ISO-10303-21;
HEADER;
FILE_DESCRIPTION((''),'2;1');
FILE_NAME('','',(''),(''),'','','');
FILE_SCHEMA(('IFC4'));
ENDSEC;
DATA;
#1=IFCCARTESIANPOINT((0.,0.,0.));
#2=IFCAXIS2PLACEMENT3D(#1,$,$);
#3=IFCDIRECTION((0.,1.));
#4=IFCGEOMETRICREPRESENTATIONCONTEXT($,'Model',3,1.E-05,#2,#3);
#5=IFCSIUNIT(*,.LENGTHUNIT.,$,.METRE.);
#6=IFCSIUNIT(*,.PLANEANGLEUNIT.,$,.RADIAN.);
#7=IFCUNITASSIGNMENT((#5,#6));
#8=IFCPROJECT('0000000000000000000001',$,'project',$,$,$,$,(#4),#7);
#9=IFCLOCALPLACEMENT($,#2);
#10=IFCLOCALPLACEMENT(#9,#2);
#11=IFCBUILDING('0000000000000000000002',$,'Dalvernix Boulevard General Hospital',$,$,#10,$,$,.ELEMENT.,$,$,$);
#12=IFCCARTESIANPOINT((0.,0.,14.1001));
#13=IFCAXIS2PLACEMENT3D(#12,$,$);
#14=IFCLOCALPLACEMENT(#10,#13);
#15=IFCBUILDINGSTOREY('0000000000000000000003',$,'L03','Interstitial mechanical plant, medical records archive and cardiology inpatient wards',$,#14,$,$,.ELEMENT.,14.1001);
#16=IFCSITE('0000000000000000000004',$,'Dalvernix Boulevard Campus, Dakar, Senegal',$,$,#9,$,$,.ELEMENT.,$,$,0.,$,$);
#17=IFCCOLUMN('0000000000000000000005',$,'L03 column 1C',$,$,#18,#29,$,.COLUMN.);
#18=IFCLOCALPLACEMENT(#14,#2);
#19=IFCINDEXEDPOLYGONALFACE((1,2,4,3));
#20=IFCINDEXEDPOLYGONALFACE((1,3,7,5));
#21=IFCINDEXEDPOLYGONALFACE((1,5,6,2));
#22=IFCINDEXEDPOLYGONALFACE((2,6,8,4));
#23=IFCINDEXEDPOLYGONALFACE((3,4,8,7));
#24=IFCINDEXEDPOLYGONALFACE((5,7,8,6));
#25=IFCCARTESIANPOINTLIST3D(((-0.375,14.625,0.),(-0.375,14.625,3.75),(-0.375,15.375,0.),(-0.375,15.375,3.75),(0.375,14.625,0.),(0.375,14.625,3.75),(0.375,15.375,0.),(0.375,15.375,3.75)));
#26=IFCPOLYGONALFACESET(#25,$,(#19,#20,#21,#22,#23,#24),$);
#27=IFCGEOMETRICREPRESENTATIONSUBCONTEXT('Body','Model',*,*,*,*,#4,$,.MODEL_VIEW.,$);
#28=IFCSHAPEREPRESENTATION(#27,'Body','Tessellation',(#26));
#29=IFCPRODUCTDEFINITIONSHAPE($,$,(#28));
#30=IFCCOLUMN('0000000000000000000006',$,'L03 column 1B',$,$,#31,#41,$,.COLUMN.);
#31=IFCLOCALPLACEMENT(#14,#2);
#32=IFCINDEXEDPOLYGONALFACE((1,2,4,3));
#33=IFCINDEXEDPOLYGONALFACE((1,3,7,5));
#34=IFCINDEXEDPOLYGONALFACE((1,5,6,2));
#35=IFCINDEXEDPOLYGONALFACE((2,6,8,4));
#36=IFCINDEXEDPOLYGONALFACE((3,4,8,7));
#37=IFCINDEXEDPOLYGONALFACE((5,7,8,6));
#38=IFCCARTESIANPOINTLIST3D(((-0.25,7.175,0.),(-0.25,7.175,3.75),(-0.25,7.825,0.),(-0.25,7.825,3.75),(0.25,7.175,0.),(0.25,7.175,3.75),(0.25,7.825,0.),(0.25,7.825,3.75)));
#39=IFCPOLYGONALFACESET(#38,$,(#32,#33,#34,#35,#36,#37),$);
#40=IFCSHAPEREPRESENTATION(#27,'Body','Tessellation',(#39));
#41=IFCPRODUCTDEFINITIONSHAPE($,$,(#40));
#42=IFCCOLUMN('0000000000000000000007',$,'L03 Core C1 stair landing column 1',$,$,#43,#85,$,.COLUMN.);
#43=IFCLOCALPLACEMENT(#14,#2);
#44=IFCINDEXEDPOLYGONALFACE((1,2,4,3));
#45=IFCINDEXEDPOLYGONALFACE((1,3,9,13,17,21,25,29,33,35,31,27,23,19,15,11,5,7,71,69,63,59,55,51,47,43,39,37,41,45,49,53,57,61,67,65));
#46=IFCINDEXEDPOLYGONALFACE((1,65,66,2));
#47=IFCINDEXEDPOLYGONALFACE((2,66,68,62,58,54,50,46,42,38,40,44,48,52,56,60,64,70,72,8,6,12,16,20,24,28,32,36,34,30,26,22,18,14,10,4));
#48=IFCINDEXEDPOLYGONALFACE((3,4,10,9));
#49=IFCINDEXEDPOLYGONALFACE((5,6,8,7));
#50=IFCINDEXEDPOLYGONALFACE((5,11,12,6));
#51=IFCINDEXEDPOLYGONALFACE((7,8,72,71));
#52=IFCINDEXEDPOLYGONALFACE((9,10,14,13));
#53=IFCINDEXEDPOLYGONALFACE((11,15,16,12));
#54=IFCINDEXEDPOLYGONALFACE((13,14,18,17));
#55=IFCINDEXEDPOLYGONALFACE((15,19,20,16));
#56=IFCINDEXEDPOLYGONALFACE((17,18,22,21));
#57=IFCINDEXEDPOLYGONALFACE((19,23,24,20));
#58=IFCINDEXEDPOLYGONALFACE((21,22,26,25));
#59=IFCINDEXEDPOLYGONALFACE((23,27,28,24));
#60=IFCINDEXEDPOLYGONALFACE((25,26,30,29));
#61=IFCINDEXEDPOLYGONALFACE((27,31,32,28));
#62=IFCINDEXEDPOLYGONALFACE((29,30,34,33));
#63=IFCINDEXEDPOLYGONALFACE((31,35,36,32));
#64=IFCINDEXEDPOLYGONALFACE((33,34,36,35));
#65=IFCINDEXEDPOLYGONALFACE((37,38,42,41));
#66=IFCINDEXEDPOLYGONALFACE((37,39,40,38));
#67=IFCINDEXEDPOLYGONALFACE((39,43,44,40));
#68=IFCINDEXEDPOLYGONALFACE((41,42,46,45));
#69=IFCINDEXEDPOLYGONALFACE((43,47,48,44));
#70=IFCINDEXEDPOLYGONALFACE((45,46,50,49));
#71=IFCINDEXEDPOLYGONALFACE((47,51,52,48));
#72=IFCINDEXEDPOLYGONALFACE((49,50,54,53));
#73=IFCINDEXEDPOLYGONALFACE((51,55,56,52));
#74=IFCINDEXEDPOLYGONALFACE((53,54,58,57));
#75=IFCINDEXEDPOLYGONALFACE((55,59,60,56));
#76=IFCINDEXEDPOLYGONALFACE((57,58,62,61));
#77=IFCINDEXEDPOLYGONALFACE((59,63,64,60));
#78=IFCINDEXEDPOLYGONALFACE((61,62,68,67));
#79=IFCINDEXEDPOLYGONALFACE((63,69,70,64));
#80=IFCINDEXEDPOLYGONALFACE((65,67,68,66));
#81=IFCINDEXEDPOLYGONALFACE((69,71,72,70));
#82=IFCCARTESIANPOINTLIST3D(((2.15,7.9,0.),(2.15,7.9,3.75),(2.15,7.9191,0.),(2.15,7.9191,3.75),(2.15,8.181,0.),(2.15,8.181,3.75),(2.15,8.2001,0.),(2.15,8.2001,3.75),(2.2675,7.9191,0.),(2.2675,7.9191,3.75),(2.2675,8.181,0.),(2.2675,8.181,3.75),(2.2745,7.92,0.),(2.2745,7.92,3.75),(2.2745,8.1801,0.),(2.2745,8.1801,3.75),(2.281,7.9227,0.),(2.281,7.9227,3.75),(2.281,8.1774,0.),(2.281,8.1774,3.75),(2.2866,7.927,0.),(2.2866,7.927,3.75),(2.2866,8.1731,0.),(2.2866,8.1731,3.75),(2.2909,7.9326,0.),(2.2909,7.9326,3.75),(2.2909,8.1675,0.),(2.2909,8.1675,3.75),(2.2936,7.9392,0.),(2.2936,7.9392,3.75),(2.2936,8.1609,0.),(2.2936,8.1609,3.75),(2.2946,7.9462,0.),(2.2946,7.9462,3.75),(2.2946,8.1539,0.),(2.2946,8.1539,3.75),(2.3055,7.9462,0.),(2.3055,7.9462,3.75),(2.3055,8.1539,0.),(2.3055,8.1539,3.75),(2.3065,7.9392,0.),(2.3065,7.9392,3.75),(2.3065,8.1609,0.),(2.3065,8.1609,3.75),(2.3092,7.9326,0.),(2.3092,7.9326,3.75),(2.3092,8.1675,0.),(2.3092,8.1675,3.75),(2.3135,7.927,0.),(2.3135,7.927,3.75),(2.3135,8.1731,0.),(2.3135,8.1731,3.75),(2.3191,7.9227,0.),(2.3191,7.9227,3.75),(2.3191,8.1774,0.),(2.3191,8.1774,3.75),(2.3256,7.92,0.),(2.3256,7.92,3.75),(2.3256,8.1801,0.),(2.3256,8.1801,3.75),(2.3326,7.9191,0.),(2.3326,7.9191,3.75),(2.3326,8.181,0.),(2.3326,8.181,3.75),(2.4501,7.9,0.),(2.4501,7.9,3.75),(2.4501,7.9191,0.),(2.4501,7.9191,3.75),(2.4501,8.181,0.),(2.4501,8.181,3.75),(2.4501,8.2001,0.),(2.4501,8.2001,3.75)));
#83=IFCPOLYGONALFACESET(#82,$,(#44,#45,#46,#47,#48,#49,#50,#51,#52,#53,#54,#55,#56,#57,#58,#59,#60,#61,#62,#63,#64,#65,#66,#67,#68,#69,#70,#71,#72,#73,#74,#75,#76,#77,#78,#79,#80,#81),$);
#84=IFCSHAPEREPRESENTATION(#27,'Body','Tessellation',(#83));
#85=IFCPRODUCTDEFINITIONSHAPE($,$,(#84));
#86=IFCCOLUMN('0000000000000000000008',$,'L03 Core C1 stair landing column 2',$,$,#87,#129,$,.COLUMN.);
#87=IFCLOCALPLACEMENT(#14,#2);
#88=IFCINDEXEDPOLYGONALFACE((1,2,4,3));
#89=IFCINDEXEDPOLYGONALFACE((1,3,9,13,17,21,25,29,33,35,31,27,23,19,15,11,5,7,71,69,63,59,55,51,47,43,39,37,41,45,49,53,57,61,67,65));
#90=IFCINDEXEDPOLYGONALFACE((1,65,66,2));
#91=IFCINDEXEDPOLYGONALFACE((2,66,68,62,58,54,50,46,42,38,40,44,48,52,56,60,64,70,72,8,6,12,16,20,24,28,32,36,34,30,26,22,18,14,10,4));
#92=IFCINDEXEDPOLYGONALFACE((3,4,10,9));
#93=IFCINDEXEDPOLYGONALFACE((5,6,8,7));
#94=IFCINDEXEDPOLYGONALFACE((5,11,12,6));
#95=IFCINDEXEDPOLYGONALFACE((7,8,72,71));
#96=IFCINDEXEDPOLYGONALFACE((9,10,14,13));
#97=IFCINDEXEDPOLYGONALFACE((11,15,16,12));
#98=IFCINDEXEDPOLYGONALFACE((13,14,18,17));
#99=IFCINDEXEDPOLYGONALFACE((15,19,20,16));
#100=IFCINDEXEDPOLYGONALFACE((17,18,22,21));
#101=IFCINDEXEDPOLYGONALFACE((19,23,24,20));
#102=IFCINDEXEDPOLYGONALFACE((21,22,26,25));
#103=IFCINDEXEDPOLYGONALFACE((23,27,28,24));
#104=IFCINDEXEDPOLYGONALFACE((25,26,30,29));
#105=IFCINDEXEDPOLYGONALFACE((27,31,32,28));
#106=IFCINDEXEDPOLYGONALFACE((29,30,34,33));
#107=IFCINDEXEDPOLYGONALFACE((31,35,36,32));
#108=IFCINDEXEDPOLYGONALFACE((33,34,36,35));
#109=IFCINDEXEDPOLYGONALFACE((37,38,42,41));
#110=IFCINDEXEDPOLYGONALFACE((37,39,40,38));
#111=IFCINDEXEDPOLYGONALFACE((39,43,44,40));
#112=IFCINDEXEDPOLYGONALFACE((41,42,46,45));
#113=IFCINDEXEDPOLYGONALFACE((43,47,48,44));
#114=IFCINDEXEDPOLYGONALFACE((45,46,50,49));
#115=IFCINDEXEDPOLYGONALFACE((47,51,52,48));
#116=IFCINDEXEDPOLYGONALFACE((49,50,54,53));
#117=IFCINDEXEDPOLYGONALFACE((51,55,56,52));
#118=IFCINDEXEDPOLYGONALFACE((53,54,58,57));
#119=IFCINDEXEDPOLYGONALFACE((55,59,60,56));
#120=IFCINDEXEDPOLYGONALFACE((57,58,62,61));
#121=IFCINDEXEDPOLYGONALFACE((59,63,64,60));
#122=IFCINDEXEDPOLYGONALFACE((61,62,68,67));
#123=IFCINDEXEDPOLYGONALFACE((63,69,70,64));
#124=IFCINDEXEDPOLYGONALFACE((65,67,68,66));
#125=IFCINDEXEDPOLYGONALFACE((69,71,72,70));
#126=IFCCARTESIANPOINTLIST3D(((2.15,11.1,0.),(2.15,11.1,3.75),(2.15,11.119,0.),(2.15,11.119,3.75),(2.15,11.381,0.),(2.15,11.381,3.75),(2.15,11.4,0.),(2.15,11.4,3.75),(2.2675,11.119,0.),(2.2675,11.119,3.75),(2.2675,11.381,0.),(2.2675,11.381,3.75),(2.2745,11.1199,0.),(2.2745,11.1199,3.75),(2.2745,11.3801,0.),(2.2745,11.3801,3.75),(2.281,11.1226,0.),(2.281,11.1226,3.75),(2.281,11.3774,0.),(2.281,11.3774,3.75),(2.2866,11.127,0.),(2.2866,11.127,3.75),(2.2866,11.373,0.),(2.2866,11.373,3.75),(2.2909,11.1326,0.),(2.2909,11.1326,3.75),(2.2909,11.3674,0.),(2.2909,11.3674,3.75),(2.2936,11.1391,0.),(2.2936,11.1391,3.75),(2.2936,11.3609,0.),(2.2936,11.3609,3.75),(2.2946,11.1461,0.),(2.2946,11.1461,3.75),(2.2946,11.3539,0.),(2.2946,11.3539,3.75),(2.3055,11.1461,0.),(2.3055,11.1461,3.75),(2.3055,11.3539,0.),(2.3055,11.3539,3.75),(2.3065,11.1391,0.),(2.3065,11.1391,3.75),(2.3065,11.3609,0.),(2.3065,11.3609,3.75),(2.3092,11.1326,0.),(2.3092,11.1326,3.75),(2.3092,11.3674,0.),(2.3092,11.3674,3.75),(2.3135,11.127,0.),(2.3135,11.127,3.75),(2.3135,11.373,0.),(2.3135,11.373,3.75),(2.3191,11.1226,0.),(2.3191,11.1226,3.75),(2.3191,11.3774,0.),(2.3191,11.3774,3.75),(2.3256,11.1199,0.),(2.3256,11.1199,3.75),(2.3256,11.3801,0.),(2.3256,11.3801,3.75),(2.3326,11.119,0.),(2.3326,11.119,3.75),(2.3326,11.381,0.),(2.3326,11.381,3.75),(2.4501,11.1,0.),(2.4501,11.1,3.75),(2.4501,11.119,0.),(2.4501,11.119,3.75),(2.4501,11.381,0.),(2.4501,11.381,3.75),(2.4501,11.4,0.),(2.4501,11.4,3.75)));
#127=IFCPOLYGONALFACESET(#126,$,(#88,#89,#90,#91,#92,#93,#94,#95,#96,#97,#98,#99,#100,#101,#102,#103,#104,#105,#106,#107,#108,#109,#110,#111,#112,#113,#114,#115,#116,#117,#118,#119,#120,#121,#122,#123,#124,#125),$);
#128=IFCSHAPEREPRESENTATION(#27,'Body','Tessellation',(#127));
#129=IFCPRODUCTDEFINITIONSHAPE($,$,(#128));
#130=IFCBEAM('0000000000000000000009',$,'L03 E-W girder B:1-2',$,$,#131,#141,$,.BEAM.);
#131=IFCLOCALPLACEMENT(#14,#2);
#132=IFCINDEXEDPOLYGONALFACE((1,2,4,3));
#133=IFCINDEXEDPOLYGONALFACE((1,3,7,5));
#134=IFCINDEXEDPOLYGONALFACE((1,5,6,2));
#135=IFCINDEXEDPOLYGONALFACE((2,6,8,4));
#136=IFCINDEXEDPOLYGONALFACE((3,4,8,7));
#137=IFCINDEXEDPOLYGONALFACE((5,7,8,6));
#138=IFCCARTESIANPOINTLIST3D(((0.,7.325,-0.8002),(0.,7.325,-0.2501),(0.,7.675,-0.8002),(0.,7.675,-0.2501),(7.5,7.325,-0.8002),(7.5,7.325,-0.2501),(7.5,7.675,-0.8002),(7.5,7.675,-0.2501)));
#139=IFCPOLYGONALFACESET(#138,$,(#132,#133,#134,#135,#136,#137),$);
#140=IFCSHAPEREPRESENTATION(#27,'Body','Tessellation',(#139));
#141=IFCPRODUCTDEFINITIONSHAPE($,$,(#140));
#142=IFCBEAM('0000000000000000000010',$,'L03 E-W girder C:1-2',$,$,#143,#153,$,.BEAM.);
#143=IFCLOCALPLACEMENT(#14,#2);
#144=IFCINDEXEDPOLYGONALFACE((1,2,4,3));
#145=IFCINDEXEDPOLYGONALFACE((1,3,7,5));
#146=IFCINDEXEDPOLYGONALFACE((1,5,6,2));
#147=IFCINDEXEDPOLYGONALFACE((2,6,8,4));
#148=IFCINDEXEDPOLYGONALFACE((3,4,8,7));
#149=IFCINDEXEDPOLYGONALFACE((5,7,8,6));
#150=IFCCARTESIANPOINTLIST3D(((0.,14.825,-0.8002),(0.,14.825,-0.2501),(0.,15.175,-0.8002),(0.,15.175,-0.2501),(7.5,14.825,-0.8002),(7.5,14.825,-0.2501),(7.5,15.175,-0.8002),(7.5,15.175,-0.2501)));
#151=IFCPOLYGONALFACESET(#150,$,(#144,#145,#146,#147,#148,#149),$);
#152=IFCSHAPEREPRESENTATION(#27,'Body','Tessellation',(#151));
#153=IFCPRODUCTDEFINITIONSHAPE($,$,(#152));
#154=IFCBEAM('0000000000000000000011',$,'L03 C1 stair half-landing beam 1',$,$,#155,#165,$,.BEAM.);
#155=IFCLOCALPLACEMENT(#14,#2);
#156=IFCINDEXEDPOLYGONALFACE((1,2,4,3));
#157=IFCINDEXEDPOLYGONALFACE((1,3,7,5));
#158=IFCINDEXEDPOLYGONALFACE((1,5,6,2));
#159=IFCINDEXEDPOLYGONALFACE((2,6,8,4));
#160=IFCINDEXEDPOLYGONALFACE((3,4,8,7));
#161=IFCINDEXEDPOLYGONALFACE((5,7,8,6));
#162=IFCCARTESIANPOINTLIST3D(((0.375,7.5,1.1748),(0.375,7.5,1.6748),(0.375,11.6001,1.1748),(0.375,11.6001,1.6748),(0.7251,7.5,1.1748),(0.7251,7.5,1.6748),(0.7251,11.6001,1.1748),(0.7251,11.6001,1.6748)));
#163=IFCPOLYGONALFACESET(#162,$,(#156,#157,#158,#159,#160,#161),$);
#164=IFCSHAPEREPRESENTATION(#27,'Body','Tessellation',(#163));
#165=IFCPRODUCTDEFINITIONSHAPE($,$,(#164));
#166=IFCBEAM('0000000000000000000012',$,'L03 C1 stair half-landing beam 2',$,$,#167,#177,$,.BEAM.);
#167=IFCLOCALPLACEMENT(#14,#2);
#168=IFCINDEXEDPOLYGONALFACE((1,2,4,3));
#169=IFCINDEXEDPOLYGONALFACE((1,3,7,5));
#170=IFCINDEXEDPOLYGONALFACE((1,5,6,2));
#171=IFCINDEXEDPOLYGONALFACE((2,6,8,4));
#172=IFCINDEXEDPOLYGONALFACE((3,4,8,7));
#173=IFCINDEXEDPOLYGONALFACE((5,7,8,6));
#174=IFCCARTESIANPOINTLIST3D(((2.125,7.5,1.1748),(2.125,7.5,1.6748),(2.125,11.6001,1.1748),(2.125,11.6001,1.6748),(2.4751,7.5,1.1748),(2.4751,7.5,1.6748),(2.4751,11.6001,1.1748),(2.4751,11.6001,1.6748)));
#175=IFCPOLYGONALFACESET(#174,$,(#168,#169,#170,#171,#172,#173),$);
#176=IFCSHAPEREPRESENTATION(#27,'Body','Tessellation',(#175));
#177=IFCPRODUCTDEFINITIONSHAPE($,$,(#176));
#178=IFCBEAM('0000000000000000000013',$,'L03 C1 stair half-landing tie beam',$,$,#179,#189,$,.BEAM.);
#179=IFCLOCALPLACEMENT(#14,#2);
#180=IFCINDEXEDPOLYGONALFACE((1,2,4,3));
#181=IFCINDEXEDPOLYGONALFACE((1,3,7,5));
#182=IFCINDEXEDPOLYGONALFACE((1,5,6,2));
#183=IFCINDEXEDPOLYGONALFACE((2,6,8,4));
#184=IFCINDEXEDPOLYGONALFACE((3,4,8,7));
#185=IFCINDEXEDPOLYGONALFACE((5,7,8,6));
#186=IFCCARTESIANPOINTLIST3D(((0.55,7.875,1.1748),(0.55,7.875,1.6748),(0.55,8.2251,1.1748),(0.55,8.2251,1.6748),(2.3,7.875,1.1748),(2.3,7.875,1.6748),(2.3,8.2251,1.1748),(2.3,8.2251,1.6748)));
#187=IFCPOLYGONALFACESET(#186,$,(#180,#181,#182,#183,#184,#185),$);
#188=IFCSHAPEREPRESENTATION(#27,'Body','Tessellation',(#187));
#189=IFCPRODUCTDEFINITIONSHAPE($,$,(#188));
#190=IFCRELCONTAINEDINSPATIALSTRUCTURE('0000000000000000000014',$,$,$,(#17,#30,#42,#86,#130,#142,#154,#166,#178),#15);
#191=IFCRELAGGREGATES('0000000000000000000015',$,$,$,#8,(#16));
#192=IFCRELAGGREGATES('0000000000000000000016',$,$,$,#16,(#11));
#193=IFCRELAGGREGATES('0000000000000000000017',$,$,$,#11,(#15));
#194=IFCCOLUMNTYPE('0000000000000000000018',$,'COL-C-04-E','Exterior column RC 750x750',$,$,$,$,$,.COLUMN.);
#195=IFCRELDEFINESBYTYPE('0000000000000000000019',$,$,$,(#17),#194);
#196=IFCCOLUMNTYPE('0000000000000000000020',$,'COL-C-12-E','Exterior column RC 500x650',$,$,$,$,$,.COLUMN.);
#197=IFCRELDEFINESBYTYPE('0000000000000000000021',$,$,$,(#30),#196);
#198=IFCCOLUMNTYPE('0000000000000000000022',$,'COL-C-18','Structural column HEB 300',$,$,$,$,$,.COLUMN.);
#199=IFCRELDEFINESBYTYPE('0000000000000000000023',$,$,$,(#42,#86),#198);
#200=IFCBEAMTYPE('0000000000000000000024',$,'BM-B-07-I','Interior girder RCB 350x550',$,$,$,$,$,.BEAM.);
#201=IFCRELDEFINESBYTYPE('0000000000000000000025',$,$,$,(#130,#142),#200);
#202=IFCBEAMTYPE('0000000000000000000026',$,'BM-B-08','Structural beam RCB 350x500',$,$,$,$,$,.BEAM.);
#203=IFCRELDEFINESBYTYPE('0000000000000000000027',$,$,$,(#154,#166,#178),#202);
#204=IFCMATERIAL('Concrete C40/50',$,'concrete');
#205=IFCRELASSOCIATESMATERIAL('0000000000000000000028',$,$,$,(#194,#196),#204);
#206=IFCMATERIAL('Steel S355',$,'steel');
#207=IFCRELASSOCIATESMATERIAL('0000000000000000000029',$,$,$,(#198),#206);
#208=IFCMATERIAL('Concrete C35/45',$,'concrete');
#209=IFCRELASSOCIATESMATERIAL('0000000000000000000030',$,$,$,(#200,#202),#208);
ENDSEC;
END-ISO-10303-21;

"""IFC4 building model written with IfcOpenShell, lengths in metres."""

from ifc_helpers import new_model, si_unit, direction, frame, origin, origin_2d, place, context, subcontext, project, spatial, rectangle, i_section, extrude, material, material_profile, profile_set, type_object, element, save


model = new_model("IFC4")

# Units and contexts
model_context = context("Model", 3, precision=1e-05, world=origin(), true_north=direction((0.0, 1.0)))
body_context = subcontext(model_context, "Body", "Model", "MODEL_VIEW")
ifc_project = project(units=[si_unit("LENGTHUNIT", "METRE"), si_unit("PLANEANGLEUNIT", "RADIAN")], contexts=[model_context])

# Site, building, storey
site_placement = place(None, origin())
site = spatial("IfcSite", under=ifc_project, at=site_placement, Name="Dalvernix Boulevard Campus, Dakar, Senegal", CompositionType="ELEMENT", RefElevation=0.0)
building_placement = place(site_placement, origin())
building = spatial("IfcBuilding", under=site, at=building_placement, Name="Dalvernix Boulevard General Hospital", CompositionType="ELEMENT")
storey_placement = place(building_placement, frame((0.0, 0.0, 14.1001)))
storey = spatial("IfcBuildingStorey", under=building, at=storey_placement, Name="L03", Description="Interstitial mechanical plant, medical records archive and cardiology inpatient wards", CompositionType="ELEMENT", Elevation=14.1001)

# Columns
ifc_material_1 = material(Name="Concrete C40/50", Category="concrete")
ifc_material_profile_1 = material_profile(ifc_material_1, rectangle(XDim=0.75, YDim=0.75, at=origin_2d()), Name="RC 750x750")
ifc_profile_set_1 = profile_set([ifc_material_profile_1], Name="Concrete C40/50")
column_type_1 = type_object("IfcColumnType", Name="COL-C-04-E", Description="Exterior column RC 750x750", PredefinedType="COLUMN", material=ifc_profile_set_1)
column_1_placement = place(storey_placement, frame((0.0, 15.0, 0.0), z_axis=(0.0, 0.0, 1.0), x_axis=(1.0, 0.0, 0.0)))
element("IfcColumn", 1, at=column_1_placement, inside=storey, type_object=column_type_1, Name="L03 column 1C", PredefinedType="COLUMN", context=body_context, shape_type="SweptSolid", body=[
    extrude(rectangle(XDim=0.75, YDim=0.75, at=origin_2d()), origin(), (0.0, 0.0, 1.0), 3.75),
])
ifc_material_profile_2 = material_profile(ifc_material_1, rectangle(XDim=0.5, YDim=0.6499, at=origin_2d()), Name="RC 500x650")
ifc_profile_set_2 = profile_set([ifc_material_profile_2], Name="Concrete C40/50")
column_type_2 = type_object("IfcColumnType", Name="COL-C-12-E", Description="Exterior column RC 500x650", PredefinedType="COLUMN", material=ifc_profile_set_2)
column_2_placement = place(storey_placement, frame((0.0, 7.5, 0.0), z_axis=(0.0, 0.0, 1.0), x_axis=(1.0, 0.0, 0.0)))
element("IfcColumn", 2, at=column_2_placement, inside=storey, type_object=column_type_2, Name="L03 column 1B", PredefinedType="COLUMN", context=body_context, shape_type="SweptSolid", body=[
    extrude(rectangle(XDim=0.5, YDim=0.6499, at=origin_2d()), origin(), (0.0, 0.0, 1.0), 3.75),
])
ifc_material_2 = material(Name="Steel S355", Category="steel")
ifc_material_profile_3 = material_profile(ifc_material_2, i_section(OverallWidth=0.3, OverallDepth=0.3, WebThickness=0.011, FlangeThickness=0.019, FilletRadius=0.0271, at=origin_2d()), Name="HEB 300")
ifc_profile_set_3 = profile_set([ifc_material_profile_3], Name="Steel S355")
column_type_3 = type_object("IfcColumnType", Name="COL-C-18", Description="Structural column HEB 300", PredefinedType="COLUMN", material=ifc_profile_set_3)
for number, where, z_axis, x_axis, name in (
    (3, (2.3, 8.05, 0.0), (0.0, 0.0, 1.0), (1.0, 0.0, 0.0), "L03 Core C1 stair landing column 1"),
    (4, (2.3, 11.25, 0.0), (0.0, 0.0, 1.0), (1.0, 0.0, 0.0), "L03 Core C1 stair landing column 2"),
):
    element("IfcColumn", number, at=place(storey_placement, frame(where, z_axis=z_axis, x_axis=x_axis)), inside=storey, type_object=column_type_3, Name=name, PredefinedType="COLUMN", context=body_context, shape_type="SweptSolid", body=[
        extrude(i_section(OverallWidth=0.3, OverallDepth=0.3, WebThickness=0.011, FlangeThickness=0.019, FilletRadius=0.0271, at=origin_2d()), origin(), (0.0, 0.0, 1.0), 3.75),
    ])

# Beams
ifc_material_3 = material(Name="Concrete C35/45", Category="concrete")
ifc_material_profile_4 = material_profile(ifc_material_3, rectangle(XDim=0.3501, YDim=0.55, at=origin_2d()), Name="RCB 350x550")
ifc_profile_set_4 = profile_set([ifc_material_profile_4], Name="Concrete C35/45")
beam_type_1 = type_object("IfcBeamType", Name="BM-B-07-I", Description="Interior girder RCB 350x550", PredefinedType="BEAM", material=ifc_profile_set_4)
for number, where, z_axis, x_axis, name in (
    (5, (0.0, 7.5, -0.5251), (1.0, 0.0, 0.0), (0.0, 1.0, 0.0), "L03 E-W girder B:1-2"),
    (6, (0.0, 15.0, -0.5251), (1.0, 0.0, 0.0), (0.0, 1.0, 0.0), "L03 E-W girder C:1-2"),
):
    element("IfcBeam", number, at=place(storey_placement, frame(where, z_axis=z_axis, x_axis=x_axis)), inside=storey, type_object=beam_type_1, Name=name, PredefinedType="BEAM", context=body_context, shape_type="SweptSolid", body=[
        extrude(rectangle(XDim=0.3501, YDim=0.55, at=origin_2d()), origin(), (0.0, 0.0, 1.0), 7.5),
    ])
ifc_material_profile_5 = material_profile(ifc_material_3, rectangle(XDim=0.3501, YDim=0.5, at=origin_2d()), Name="RCB 350x500")
ifc_profile_set_5 = profile_set([ifc_material_profile_5], Name="Concrete C35/45")
beam_type_2 = type_object("IfcBeamType", Name="BM-B-08", Description="Structural beam RCB 350x500", PredefinedType="BEAM", material=ifc_profile_set_5)
for number, where, z_axis, x_axis, name in (
    (7, (0.55, 7.5, 1.4248), (0.0, 1.0, 0.0), (-1.0, 0.0, 0.0), "L03 C1 stair half-landing beam 1"),
    (8, (2.3, 7.5, 1.4248), (0.0, 1.0, 0.0), (-1.0, 0.0, 0.0), "L03 C1 stair half-landing beam 2"),
):
    element("IfcBeam", number, at=place(storey_placement, frame(where, z_axis=z_axis, x_axis=x_axis)), inside=storey, type_object=beam_type_2, Name=name, PredefinedType="BEAM", context=body_context, shape_type="SweptSolid", body=[
        extrude(rectangle(XDim=0.3501, YDim=0.5, at=origin_2d()), origin(), (0.0, 0.0, 1.0), 4.1001),
    ])
beam_placement = place(storey_placement, frame((0.55, 8.05, 1.4248), z_axis=(1.0, 0.0, 0.0), x_axis=(0.0, 1.0, 0.0)))
element("IfcBeam", 9, at=beam_placement, inside=storey, type_object=beam_type_2, Name="L03 C1 stair half-landing tie beam", PredefinedType="BEAM", context=body_context, shape_type="SweptSolid", body=[
    extrude(rectangle(XDim=0.3501, YDim=0.5, at=origin_2d()), origin(), (0.0, 0.0, 1.0), 1.75),
])

save(model, "model.ifc")
